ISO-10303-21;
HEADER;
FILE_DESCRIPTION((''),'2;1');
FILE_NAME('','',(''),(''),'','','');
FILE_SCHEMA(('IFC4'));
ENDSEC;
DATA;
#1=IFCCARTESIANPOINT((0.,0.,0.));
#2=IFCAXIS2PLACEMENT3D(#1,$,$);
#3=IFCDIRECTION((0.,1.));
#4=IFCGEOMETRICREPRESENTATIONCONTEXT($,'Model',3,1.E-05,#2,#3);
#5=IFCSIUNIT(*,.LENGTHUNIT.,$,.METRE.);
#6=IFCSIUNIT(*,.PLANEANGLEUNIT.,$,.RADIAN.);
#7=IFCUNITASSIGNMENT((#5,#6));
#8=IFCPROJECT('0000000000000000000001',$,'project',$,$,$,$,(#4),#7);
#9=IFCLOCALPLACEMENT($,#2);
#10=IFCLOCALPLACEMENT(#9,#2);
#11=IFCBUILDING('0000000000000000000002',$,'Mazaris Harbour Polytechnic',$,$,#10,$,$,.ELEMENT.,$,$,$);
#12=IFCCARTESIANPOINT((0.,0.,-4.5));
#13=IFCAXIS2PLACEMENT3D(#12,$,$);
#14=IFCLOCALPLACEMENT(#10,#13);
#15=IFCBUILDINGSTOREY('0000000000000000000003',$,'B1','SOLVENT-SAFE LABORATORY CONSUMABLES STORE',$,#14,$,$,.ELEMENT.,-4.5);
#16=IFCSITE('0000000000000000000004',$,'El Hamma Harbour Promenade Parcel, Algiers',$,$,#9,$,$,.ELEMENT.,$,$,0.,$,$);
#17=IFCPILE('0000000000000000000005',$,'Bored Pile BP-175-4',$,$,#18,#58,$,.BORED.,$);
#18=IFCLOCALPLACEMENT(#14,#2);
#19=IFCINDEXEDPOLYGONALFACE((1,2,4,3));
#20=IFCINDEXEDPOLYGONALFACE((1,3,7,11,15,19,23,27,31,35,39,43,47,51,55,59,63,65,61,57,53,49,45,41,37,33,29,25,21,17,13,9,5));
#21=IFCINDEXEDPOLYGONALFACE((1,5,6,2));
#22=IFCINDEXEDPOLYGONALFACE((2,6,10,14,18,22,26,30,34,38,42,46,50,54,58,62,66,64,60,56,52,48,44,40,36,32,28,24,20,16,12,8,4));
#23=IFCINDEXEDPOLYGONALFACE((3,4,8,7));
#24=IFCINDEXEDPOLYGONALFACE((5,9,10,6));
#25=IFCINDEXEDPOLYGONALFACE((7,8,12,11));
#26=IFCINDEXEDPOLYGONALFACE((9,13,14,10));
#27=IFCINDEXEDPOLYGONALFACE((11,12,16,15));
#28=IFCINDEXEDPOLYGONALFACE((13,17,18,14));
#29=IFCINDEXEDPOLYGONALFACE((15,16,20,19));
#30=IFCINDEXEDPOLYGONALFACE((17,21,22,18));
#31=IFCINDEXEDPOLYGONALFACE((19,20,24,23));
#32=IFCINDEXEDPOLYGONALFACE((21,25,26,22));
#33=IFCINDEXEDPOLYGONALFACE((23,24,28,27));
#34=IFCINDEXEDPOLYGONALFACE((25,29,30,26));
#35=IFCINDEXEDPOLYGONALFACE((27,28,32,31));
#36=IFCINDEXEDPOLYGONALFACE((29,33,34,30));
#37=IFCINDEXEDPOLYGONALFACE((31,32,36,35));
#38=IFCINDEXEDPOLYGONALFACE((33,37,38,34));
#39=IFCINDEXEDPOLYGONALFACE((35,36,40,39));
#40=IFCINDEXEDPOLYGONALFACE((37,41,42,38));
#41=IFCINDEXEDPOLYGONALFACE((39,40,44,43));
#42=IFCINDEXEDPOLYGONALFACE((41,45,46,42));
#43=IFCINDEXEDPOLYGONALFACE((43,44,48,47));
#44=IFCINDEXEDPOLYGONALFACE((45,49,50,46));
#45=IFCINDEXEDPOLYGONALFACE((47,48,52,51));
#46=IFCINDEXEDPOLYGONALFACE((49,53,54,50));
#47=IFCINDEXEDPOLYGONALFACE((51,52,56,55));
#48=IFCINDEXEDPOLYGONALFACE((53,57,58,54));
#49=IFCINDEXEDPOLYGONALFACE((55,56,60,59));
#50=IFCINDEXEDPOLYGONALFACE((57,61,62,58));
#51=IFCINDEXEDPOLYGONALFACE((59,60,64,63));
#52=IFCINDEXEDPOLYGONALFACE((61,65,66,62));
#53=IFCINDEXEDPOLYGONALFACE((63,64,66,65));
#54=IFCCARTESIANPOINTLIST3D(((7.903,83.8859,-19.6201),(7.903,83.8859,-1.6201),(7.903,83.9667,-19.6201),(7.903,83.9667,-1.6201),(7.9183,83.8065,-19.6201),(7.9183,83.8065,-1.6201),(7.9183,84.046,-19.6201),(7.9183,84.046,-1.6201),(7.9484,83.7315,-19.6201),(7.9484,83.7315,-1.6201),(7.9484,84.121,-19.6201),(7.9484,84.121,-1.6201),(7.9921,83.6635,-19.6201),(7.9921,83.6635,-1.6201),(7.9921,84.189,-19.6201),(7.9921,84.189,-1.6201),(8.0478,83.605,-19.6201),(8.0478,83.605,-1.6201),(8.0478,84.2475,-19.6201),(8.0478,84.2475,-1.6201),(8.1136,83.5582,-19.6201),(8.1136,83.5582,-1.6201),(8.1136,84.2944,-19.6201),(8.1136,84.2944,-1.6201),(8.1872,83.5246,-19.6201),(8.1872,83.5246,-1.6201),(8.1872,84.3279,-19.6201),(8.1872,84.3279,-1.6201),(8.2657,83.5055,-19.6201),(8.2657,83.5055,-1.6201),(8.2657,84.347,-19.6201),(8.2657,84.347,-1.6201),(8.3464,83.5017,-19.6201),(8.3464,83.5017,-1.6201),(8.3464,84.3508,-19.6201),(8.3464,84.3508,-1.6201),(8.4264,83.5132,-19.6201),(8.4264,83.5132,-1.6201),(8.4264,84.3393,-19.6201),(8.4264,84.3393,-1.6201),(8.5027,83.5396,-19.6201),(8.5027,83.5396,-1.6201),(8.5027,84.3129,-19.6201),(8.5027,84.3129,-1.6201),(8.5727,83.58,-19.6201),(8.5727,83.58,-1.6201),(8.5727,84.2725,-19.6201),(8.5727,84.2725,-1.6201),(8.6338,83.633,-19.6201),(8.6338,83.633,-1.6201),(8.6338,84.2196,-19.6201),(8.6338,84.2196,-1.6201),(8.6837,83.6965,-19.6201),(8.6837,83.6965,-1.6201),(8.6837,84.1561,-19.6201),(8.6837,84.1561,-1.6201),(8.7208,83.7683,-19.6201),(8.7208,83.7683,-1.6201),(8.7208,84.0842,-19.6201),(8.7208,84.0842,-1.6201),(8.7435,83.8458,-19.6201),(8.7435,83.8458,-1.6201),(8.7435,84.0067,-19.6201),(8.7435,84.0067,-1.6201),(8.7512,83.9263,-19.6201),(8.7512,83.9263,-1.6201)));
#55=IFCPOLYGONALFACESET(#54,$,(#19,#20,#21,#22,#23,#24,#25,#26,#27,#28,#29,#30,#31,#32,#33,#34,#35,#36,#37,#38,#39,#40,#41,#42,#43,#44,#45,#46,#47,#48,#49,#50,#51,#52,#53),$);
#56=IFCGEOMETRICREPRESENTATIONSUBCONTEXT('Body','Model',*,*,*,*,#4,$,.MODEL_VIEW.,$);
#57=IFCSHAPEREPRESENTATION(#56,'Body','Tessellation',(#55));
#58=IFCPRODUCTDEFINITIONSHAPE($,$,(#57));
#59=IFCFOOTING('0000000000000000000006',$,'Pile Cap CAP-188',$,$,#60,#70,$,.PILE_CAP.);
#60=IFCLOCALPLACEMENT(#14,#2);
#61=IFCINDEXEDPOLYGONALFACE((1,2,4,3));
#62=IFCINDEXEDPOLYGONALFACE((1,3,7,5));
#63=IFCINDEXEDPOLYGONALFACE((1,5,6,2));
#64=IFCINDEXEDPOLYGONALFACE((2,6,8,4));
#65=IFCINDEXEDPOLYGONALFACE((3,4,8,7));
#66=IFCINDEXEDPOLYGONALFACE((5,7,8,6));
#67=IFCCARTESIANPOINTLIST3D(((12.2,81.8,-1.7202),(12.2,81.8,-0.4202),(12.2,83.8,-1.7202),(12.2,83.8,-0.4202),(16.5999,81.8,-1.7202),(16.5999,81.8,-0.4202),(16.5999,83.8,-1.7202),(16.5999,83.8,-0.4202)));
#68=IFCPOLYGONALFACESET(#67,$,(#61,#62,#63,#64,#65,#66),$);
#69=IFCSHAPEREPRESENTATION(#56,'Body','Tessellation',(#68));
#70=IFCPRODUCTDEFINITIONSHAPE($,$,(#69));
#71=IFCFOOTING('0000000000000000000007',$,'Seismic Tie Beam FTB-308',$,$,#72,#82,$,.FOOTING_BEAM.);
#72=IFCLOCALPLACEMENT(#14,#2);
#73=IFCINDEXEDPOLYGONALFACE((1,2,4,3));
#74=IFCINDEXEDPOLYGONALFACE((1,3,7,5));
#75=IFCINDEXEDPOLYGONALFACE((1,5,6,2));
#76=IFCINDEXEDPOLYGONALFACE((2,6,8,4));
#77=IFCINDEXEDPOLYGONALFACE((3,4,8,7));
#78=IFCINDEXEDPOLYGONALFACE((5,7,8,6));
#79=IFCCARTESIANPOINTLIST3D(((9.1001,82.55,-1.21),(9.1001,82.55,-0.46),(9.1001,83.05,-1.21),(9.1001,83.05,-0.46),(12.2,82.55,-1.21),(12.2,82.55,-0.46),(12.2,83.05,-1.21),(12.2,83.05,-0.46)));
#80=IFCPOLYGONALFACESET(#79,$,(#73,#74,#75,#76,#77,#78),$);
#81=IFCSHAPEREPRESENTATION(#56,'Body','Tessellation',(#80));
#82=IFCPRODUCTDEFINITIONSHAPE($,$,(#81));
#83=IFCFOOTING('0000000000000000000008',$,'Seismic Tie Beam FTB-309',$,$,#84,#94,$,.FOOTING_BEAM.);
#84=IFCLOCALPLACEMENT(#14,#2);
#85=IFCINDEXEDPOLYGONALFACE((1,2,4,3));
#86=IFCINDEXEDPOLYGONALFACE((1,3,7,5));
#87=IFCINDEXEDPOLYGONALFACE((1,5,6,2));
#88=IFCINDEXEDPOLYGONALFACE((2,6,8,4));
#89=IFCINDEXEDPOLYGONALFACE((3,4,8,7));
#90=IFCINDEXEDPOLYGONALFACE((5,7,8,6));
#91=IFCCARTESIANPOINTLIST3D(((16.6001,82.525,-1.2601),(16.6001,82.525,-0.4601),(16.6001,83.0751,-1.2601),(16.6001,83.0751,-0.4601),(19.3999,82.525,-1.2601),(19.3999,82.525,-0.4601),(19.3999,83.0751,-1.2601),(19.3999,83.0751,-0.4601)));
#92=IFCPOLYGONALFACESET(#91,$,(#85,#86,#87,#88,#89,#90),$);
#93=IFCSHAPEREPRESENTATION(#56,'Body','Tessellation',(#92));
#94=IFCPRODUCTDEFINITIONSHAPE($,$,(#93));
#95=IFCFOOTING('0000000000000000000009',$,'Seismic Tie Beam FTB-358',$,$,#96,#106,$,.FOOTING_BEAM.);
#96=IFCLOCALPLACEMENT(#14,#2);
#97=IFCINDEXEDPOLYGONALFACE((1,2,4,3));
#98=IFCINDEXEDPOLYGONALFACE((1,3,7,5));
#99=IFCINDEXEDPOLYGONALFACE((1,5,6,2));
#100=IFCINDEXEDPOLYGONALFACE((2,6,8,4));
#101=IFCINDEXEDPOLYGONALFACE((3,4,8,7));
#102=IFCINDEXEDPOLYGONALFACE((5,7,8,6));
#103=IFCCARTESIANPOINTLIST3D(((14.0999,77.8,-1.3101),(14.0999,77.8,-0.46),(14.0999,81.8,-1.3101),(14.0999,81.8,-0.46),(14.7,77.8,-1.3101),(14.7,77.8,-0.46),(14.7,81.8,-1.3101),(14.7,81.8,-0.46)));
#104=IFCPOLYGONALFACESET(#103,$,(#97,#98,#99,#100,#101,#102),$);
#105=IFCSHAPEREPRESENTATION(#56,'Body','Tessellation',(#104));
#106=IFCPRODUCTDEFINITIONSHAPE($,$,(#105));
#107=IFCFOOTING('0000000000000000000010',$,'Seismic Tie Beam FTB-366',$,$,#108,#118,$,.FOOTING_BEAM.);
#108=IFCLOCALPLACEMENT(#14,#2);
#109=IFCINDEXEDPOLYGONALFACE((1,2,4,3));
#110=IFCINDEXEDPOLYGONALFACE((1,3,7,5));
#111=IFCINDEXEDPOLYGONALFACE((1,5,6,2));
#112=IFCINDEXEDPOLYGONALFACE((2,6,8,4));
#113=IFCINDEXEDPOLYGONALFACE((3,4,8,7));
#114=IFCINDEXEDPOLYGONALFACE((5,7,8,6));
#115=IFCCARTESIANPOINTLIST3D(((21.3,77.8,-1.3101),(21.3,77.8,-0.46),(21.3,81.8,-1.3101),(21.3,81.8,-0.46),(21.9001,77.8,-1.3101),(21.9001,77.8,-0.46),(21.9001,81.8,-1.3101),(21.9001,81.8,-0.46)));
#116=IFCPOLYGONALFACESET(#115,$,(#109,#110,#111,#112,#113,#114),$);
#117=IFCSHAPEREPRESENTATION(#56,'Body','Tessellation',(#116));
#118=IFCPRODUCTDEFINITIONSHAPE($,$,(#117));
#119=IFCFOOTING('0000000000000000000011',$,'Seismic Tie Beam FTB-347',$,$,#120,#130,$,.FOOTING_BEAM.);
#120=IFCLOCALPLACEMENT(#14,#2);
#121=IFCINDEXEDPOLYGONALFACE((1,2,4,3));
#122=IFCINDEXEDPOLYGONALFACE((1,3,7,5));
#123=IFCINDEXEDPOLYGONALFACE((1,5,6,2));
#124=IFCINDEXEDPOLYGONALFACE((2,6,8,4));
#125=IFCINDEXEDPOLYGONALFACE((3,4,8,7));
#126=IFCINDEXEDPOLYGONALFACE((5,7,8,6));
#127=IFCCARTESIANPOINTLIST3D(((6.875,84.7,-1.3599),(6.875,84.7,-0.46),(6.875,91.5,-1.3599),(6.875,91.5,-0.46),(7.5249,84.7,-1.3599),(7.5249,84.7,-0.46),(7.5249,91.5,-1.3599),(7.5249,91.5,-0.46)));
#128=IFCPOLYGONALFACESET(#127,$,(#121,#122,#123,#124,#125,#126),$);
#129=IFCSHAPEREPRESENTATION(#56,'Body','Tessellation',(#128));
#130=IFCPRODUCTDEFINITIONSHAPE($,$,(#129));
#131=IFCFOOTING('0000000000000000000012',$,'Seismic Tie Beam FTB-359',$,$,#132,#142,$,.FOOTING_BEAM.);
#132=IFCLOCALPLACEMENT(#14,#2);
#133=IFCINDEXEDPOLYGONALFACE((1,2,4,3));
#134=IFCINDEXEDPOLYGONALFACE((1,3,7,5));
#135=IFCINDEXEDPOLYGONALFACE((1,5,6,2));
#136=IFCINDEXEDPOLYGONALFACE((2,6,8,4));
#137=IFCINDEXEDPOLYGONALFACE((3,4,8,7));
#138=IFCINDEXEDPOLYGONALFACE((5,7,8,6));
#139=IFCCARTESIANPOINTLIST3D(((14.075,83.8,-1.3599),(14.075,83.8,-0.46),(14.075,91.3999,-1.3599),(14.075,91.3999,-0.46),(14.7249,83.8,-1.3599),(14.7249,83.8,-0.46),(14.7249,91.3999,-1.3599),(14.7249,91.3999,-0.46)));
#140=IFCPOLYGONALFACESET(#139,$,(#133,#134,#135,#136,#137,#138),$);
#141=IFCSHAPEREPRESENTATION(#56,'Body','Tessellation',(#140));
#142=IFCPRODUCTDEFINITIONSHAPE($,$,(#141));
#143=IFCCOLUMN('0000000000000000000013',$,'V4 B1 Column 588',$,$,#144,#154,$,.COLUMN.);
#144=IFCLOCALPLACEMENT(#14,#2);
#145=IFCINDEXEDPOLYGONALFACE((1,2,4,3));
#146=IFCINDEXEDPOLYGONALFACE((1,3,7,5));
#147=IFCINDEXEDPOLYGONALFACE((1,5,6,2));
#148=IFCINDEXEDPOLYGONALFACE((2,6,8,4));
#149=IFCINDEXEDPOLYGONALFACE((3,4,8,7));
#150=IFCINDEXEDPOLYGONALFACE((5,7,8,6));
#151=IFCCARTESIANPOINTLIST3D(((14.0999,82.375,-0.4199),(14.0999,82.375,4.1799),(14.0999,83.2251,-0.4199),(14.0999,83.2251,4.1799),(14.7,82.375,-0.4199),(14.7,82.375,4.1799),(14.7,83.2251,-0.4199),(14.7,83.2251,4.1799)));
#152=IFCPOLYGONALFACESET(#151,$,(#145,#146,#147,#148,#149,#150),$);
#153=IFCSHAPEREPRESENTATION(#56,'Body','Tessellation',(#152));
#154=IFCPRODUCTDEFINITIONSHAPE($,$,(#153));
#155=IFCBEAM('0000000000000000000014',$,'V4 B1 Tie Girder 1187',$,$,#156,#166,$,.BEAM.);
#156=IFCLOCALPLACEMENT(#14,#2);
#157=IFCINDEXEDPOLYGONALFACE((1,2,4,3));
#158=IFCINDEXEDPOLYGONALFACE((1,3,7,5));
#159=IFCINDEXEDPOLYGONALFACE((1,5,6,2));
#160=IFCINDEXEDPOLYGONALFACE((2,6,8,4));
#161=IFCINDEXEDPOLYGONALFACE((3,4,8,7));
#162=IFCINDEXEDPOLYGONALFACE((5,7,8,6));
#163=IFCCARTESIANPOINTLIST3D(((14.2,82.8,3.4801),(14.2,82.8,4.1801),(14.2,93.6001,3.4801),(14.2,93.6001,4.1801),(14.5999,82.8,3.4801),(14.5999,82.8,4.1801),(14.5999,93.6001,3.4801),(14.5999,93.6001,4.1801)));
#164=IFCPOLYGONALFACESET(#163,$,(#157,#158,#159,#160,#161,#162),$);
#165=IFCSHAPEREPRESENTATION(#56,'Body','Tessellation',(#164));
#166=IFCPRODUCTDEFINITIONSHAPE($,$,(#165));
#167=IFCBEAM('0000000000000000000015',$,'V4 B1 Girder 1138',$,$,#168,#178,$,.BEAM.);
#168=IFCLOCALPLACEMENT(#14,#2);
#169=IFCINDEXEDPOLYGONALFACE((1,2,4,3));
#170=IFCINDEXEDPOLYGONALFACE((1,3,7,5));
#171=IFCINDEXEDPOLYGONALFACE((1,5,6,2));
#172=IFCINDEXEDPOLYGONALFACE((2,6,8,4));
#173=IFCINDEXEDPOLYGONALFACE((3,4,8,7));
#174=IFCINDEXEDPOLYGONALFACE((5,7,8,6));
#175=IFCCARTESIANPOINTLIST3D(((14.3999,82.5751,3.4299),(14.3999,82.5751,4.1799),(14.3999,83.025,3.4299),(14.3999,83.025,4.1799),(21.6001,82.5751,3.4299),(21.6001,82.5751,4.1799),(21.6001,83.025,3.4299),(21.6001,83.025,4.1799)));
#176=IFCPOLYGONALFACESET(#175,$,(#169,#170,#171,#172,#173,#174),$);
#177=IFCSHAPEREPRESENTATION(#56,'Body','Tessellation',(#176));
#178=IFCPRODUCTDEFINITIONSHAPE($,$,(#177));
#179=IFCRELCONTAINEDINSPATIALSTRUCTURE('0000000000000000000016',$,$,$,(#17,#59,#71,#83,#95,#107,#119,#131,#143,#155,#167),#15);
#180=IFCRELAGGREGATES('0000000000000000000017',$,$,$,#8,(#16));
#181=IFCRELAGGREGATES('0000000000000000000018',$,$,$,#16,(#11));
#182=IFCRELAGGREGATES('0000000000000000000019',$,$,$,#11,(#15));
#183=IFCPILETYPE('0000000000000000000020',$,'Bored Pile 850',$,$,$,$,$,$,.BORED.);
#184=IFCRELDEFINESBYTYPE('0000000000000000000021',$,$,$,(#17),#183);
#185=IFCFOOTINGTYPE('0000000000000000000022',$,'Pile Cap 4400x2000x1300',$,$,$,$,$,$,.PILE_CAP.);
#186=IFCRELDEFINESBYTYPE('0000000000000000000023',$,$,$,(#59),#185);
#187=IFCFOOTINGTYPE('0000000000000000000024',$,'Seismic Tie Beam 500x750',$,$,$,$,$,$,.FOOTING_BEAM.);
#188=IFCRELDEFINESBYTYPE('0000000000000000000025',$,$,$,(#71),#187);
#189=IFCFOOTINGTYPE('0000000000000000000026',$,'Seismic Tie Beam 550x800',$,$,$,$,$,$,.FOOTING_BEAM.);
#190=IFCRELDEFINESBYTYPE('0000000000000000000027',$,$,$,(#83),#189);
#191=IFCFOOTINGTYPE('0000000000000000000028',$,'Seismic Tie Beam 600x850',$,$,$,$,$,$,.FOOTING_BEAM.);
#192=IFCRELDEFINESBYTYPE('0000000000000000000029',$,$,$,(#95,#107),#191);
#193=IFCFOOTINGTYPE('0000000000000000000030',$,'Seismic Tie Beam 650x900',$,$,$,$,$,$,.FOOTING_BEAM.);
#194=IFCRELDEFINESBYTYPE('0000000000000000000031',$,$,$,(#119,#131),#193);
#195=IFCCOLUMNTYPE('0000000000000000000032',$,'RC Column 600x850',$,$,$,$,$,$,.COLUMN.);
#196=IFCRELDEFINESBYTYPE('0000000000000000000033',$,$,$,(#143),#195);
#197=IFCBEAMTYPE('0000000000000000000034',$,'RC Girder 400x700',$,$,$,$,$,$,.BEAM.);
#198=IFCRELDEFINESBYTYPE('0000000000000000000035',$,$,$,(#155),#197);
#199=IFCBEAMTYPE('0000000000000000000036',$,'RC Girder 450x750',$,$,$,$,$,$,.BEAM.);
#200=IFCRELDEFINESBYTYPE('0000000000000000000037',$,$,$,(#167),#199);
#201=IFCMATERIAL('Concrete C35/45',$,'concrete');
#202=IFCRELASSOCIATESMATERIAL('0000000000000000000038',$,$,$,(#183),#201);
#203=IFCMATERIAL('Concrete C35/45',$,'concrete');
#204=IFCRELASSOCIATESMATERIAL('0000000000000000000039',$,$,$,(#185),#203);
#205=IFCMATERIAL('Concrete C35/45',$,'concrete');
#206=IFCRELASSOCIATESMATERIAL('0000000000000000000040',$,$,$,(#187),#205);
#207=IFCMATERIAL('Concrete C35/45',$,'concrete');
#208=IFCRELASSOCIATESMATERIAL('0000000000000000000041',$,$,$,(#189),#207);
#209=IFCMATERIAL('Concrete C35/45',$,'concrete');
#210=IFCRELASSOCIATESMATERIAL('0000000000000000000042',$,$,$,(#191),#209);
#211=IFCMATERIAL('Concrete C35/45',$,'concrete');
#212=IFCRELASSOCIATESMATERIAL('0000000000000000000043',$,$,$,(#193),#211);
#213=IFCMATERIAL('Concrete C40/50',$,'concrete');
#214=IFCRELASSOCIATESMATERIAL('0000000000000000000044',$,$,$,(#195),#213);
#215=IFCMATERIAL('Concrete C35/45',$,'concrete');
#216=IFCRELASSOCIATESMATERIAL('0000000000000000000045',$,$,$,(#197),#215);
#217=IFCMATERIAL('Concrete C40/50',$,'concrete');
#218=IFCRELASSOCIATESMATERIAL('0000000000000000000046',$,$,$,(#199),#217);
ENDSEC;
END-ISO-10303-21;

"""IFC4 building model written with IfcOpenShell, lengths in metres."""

from ifc_helpers import new_model, si_unit, direction, frame, origin, origin_2d, place, context, subcontext, project, spatial, rectangle, circle, extrude, material, material_profile, profile_set, type_object, element, save


model = new_model("IFC4")

# Units and contexts
model_context = context("Model", 3, precision=1e-05, world=origin(), true_north=direction((0.0, 1.0)))
body_context = subcontext(model_context, "Body", "Model", "MODEL_VIEW")
ifc_project = project(units=[si_unit("LENGTHUNIT", "METRE"), si_unit("PLANEANGLEUNIT", "RADIAN")], contexts=[model_context])

# Site, building, storey
site_placement = place(None, origin())
site = spatial("IfcSite", under=ifc_project, at=site_placement, Name="El Hamma Harbour Promenade Parcel, Algiers", CompositionType="ELEMENT", RefElevation=0.0)
building_placement = place(site_placement, origin())
building = spatial("IfcBuilding", under=site, at=building_placement, Name="Mazaris Harbour Polytechnic", CompositionType="ELEMENT")
storey_placement = place(building_placement, frame((0.0, 0.0, -4.5)))
storey = spatial("IfcBuildingStorey", under=building, at=storey_placement, Name="B1", Description="SOLVENT-SAFE LABORATORY CONSUMABLES STORE", CompositionType="ELEMENT", Elevation=-4.5)

# Pile
ifc_material_1 = material(Name="Concrete C35/45", Category="concrete")
ifc_material_profile_1 = material_profile(ifc_material_1, circle(Radius=0.425, at=origin_2d()), Name="DIA850")
ifc_profile_set_1 = profile_set([ifc_material_profile_1], Name="Concrete C35/45")
pile_type_1 = type_object("IfcPileType", Name="Bored Pile 850", PredefinedType="BORED", material=ifc_profile_set_1)
for number, where, z_axis, x_axis, name in (
    (1, (8.3262, 83.9263, -1.6201), (0.0, 0.0, -1.0), (1.0, 0.0, 0.0), "Bored Pile BP-175-4"),
):
    element("IfcPile", number, at=place(storey_placement, frame(where, z_axis=z_axis, x_axis=x_axis)), inside=storey, type_object=pile_type_1, Name=name, PredefinedType="BORED", context=body_context, shape_type="SweptSolid", body=[
        extrude(circle(Radius=0.425, at=origin_2d()), origin(), (0.0, 0.0, 1.0), 18.0),
    ])

# Footings
ifc_material_2 = material(Name="Concrete C35/45", Category="concrete")
footing_type_1 = type_object("IfcFootingType", Name="Pile Cap 4400x2000x1300", PredefinedType="PILE_CAP", material=ifc_material_2)
footing_1_placement = place(storey_placement, frame((14.3999, 82.8, -1.7202), z_axis=(0.0, 0.0, 1.0), x_axis=(1.0, 0.0, 0.0)))
element("IfcFooting", 2, at=footing_1_placement, inside=storey, type_object=footing_type_1, Name="Pile Cap CAP-188", PredefinedType="PILE_CAP", context=body_context, shape_type="SweptSolid", body=[
    extrude(rectangle(XDim=4.3999, YDim=2.0, at=origin_2d()), origin(), (0.0, 0.0, 1.0), 1.3),
])
ifc_material_3 = material(Name="Concrete C35/45", Category="concrete")
ifc_material_profile_2 = material_profile(ifc_material_3, rectangle(XDim=0.5, YDim=0.75, at=origin_2d()), Name="RECT500x750")
ifc_profile_set_2 = profile_set([ifc_material_profile_2], Name="Concrete C35/45")
footing_type_2 = type_object("IfcFootingType", Name="Seismic Tie Beam 500x750", PredefinedType="FOOTING_BEAM", material=ifc_profile_set_2)
footing_2_placement = place(storey_placement, frame((9.1001, 82.8, -0.835), z_axis=(1.0, 0.0, 0.0), x_axis=(0.0, 1.0, 0.0)))
element("IfcFooting", 3, at=footing_2_placement, inside=storey, type_object=footing_type_2, Name="Seismic Tie Beam FTB-308", PredefinedType="FOOTING_BEAM", context=body_context, shape_type="SweptSolid", body=[
    extrude(rectangle(XDim=0.5, YDim=0.75, at=origin_2d()), origin(), (0.0, 0.0, 1.0), 3.0999),
])
ifc_material_4 = material(Name="Concrete C35/45", Category="concrete")
ifc_material_profile_3 = material_profile(ifc_material_4, rectangle(XDim=0.55, YDim=0.8, at=origin_2d()), Name="RECT550x800")
ifc_profile_set_3 = profile_set([ifc_material_profile_3], Name="Concrete C35/45")
footing_type_3 = type_object("IfcFootingType", Name="Seismic Tie Beam 550x800", PredefinedType="FOOTING_BEAM", material=ifc_profile_set_3)
footing_3_placement = place(storey_placement, frame((16.6001, 82.8, -0.8601), z_axis=(1.0, 0.0, 0.0), x_axis=(0.0, 1.0, 0.0)))
element("IfcFooting", 4, at=footing_3_placement, inside=storey, type_object=footing_type_3, Name="Seismic Tie Beam FTB-309", PredefinedType="FOOTING_BEAM", context=body_context, shape_type="SweptSolid", body=[
    extrude(rectangle(XDim=0.55, YDim=0.8, at=origin_2d()), origin(), (0.0, 0.0, 1.0), 2.7998),
])
ifc_material_5 = material(Name="Concrete C35/45", Category="concrete")
ifc_material_profile_4 = material_profile(ifc_material_5, rectangle(XDim=0.6001, YDim=0.8501, at=origin_2d()), Name="RECT600x850")
ifc_profile_set_4 = profile_set([ifc_material_profile_4], Name="Concrete C35/45")
footing_type_4 = type_object("IfcFootingType", Name="Seismic Tie Beam 600x850", PredefinedType="FOOTING_BEAM", material=ifc_profile_set_4)
for number, where, z_axis, x_axis, name in (
    (5, (14.3999, 77.8, -0.885), (0.0, 1.0, 0.0), (-1.0, 0.0, 0.0), "Seismic Tie Beam FTB-358"),
    (6, (21.6001, 77.8, -0.885), (0.0, 1.0, 0.0), (-1.0, 0.0, 0.0), "Seismic Tie Beam FTB-366"),
):
    element("IfcFooting", number, at=place(storey_placement, frame(where, z_axis=z_axis, x_axis=x_axis)), inside=storey, type_object=footing_type_4, Name=name, PredefinedType="FOOTING_BEAM", context=body_context, shape_type="SweptSolid", body=[
        extrude(rectangle(XDim=0.6001, YDim=0.8501, at=origin_2d()), origin(), (0.0, 0.0, 1.0), 4.0),
    ])
ifc_material_6 = material(Name="Concrete C35/45", Category="concrete")
ifc_material_profile_5 = material_profile(ifc_material_6, rectangle(XDim=0.6499, YDim=0.8999, at=origin_2d()), Name="RECT650x900")
ifc_profile_set_5 = profile_set([ifc_material_profile_5], Name="Concrete C35/45")
footing_type_5 = type_object("IfcFootingType", Name="Seismic Tie Beam 650x900", PredefinedType="FOOTING_BEAM", material=ifc_profile_set_5)
footing_4_placement = place(storey_placement, frame((7.2, 84.7, -0.9099), z_axis=(0.0, 1.0, 0.0), x_axis=(-1.0, 0.0, 0.0)))
element("IfcFooting", 7, at=footing_4_placement, inside=storey, type_object=footing_type_5, Name="Seismic Tie Beam FTB-347", PredefinedType="FOOTING_BEAM", context=body_context, shape_type="SweptSolid", body=[
    extrude(rectangle(XDim=0.6499, YDim=0.8999, at=origin_2d()), origin(), (0.0, 0.0, 1.0), 6.8),
])
footing_5_placement = place(storey_placement, frame((14.3999, 83.8, -0.9099), z_axis=(0.0, 1.0, 0.0), x_axis=(-1.0, 0.0, 0.0)))
element("IfcFooting", 8, at=footing_5_placement, inside=storey, type_object=footing_type_5, Name="Seismic Tie Beam FTB-359", PredefinedType="FOOTING_BEAM", context=body_context, shape_type="SweptSolid", body=[
    extrude(rectangle(XDim=0.6499, YDim=0.8999, at=origin_2d()), origin(), (0.0, 0.0, 1.0), 7.5999),
])

# Column
ifc_material_7 = material(Name="Concrete C40/50", Category="concrete")
ifc_material_profile_6 = material_profile(ifc_material_7, rectangle(XDim=0.6001, YDim=0.8501, at=origin_2d()), Name="RECT600x850")
ifc_profile_set_6 = profile_set([ifc_material_profile_6], Name="Concrete C40/50")
column_type = type_object("IfcColumnType", Name="RC Column 600x850", PredefinedType="COLUMN", material=ifc_profile_set_6)
column_placement = place(storey_placement, frame((14.3999, 82.8, -0.4199), z_axis=(0.0, 0.0, 1.0), x_axis=(1.0, 0.0, 0.0)))
element("IfcColumn", 9, at=column_placement, inside=storey, type_object=column_type, Name="V4 B1 Column 588", PredefinedType="COLUMN", context=body_context, shape_type="SweptSolid", body=[
    extrude(rectangle(XDim=0.6001, YDim=0.8501, at=origin_2d()), origin(), (0.0, 0.0, 1.0), 4.5999),
])

# Beams
ifc_material_8 = material(Name="Concrete C35/45", Category="concrete")
ifc_material_profile_7 = material_profile(ifc_material_8, rectangle(XDim=0.3999, YDim=0.7, at=origin_2d()), Name="RECT400x700")
ifc_profile_set_7 = profile_set([ifc_material_profile_7], Name="Concrete C35/45")
beam_type_1 = type_object("IfcBeamType", Name="RC Girder 400x700", PredefinedType="BEAM", material=ifc_profile_set_7)
beam_1_placement = place(storey_placement, frame((14.3999, 82.8, 3.8301), z_axis=(0.0, 1.0, 0.0), x_axis=(-1.0, 0.0, 0.0)))
element("IfcBeam", 10, at=beam_1_placement, inside=storey, type_object=beam_type_1, Name="V4 B1 Tie Girder 1187", PredefinedType="BEAM", context=body_context, shape_type="SweptSolid", body=[
    extrude(rectangle(XDim=0.3999, YDim=0.7, at=origin_2d()), origin(), (0.0, 0.0, 1.0), 10.8),
])
ifc_material_9 = material(Name="Concrete C40/50", Category="concrete")
ifc_material_profile_8 = material_profile(ifc_material_9, rectangle(XDim=0.45, YDim=0.75, at=origin_2d()), Name="RECT450x750")
ifc_profile_set_8 = profile_set([ifc_material_profile_8], Name="Concrete C40/50")
beam_type_2 = type_object("IfcBeamType", Name="RC Girder 450x750", PredefinedType="BEAM", material=ifc_profile_set_8)
beam_2_placement = place(storey_placement, frame((14.3999, 82.8, 3.8049), z_axis=(1.0, 0.0, 0.0), x_axis=(0.0, 1.0, 0.0)))
element("IfcBeam", 11, at=beam_2_placement, inside=storey, type_object=beam_type_2, Name="V4 B1 Girder 1138", PredefinedType="BEAM", context=body_context, shape_type="SweptSolid", body=[
    extrude(rectangle(XDim=0.45, YDim=0.75, at=origin_2d()), origin(), (0.0, 0.0, 1.0), 7.2002),
])

save(model, "model.ifc")
